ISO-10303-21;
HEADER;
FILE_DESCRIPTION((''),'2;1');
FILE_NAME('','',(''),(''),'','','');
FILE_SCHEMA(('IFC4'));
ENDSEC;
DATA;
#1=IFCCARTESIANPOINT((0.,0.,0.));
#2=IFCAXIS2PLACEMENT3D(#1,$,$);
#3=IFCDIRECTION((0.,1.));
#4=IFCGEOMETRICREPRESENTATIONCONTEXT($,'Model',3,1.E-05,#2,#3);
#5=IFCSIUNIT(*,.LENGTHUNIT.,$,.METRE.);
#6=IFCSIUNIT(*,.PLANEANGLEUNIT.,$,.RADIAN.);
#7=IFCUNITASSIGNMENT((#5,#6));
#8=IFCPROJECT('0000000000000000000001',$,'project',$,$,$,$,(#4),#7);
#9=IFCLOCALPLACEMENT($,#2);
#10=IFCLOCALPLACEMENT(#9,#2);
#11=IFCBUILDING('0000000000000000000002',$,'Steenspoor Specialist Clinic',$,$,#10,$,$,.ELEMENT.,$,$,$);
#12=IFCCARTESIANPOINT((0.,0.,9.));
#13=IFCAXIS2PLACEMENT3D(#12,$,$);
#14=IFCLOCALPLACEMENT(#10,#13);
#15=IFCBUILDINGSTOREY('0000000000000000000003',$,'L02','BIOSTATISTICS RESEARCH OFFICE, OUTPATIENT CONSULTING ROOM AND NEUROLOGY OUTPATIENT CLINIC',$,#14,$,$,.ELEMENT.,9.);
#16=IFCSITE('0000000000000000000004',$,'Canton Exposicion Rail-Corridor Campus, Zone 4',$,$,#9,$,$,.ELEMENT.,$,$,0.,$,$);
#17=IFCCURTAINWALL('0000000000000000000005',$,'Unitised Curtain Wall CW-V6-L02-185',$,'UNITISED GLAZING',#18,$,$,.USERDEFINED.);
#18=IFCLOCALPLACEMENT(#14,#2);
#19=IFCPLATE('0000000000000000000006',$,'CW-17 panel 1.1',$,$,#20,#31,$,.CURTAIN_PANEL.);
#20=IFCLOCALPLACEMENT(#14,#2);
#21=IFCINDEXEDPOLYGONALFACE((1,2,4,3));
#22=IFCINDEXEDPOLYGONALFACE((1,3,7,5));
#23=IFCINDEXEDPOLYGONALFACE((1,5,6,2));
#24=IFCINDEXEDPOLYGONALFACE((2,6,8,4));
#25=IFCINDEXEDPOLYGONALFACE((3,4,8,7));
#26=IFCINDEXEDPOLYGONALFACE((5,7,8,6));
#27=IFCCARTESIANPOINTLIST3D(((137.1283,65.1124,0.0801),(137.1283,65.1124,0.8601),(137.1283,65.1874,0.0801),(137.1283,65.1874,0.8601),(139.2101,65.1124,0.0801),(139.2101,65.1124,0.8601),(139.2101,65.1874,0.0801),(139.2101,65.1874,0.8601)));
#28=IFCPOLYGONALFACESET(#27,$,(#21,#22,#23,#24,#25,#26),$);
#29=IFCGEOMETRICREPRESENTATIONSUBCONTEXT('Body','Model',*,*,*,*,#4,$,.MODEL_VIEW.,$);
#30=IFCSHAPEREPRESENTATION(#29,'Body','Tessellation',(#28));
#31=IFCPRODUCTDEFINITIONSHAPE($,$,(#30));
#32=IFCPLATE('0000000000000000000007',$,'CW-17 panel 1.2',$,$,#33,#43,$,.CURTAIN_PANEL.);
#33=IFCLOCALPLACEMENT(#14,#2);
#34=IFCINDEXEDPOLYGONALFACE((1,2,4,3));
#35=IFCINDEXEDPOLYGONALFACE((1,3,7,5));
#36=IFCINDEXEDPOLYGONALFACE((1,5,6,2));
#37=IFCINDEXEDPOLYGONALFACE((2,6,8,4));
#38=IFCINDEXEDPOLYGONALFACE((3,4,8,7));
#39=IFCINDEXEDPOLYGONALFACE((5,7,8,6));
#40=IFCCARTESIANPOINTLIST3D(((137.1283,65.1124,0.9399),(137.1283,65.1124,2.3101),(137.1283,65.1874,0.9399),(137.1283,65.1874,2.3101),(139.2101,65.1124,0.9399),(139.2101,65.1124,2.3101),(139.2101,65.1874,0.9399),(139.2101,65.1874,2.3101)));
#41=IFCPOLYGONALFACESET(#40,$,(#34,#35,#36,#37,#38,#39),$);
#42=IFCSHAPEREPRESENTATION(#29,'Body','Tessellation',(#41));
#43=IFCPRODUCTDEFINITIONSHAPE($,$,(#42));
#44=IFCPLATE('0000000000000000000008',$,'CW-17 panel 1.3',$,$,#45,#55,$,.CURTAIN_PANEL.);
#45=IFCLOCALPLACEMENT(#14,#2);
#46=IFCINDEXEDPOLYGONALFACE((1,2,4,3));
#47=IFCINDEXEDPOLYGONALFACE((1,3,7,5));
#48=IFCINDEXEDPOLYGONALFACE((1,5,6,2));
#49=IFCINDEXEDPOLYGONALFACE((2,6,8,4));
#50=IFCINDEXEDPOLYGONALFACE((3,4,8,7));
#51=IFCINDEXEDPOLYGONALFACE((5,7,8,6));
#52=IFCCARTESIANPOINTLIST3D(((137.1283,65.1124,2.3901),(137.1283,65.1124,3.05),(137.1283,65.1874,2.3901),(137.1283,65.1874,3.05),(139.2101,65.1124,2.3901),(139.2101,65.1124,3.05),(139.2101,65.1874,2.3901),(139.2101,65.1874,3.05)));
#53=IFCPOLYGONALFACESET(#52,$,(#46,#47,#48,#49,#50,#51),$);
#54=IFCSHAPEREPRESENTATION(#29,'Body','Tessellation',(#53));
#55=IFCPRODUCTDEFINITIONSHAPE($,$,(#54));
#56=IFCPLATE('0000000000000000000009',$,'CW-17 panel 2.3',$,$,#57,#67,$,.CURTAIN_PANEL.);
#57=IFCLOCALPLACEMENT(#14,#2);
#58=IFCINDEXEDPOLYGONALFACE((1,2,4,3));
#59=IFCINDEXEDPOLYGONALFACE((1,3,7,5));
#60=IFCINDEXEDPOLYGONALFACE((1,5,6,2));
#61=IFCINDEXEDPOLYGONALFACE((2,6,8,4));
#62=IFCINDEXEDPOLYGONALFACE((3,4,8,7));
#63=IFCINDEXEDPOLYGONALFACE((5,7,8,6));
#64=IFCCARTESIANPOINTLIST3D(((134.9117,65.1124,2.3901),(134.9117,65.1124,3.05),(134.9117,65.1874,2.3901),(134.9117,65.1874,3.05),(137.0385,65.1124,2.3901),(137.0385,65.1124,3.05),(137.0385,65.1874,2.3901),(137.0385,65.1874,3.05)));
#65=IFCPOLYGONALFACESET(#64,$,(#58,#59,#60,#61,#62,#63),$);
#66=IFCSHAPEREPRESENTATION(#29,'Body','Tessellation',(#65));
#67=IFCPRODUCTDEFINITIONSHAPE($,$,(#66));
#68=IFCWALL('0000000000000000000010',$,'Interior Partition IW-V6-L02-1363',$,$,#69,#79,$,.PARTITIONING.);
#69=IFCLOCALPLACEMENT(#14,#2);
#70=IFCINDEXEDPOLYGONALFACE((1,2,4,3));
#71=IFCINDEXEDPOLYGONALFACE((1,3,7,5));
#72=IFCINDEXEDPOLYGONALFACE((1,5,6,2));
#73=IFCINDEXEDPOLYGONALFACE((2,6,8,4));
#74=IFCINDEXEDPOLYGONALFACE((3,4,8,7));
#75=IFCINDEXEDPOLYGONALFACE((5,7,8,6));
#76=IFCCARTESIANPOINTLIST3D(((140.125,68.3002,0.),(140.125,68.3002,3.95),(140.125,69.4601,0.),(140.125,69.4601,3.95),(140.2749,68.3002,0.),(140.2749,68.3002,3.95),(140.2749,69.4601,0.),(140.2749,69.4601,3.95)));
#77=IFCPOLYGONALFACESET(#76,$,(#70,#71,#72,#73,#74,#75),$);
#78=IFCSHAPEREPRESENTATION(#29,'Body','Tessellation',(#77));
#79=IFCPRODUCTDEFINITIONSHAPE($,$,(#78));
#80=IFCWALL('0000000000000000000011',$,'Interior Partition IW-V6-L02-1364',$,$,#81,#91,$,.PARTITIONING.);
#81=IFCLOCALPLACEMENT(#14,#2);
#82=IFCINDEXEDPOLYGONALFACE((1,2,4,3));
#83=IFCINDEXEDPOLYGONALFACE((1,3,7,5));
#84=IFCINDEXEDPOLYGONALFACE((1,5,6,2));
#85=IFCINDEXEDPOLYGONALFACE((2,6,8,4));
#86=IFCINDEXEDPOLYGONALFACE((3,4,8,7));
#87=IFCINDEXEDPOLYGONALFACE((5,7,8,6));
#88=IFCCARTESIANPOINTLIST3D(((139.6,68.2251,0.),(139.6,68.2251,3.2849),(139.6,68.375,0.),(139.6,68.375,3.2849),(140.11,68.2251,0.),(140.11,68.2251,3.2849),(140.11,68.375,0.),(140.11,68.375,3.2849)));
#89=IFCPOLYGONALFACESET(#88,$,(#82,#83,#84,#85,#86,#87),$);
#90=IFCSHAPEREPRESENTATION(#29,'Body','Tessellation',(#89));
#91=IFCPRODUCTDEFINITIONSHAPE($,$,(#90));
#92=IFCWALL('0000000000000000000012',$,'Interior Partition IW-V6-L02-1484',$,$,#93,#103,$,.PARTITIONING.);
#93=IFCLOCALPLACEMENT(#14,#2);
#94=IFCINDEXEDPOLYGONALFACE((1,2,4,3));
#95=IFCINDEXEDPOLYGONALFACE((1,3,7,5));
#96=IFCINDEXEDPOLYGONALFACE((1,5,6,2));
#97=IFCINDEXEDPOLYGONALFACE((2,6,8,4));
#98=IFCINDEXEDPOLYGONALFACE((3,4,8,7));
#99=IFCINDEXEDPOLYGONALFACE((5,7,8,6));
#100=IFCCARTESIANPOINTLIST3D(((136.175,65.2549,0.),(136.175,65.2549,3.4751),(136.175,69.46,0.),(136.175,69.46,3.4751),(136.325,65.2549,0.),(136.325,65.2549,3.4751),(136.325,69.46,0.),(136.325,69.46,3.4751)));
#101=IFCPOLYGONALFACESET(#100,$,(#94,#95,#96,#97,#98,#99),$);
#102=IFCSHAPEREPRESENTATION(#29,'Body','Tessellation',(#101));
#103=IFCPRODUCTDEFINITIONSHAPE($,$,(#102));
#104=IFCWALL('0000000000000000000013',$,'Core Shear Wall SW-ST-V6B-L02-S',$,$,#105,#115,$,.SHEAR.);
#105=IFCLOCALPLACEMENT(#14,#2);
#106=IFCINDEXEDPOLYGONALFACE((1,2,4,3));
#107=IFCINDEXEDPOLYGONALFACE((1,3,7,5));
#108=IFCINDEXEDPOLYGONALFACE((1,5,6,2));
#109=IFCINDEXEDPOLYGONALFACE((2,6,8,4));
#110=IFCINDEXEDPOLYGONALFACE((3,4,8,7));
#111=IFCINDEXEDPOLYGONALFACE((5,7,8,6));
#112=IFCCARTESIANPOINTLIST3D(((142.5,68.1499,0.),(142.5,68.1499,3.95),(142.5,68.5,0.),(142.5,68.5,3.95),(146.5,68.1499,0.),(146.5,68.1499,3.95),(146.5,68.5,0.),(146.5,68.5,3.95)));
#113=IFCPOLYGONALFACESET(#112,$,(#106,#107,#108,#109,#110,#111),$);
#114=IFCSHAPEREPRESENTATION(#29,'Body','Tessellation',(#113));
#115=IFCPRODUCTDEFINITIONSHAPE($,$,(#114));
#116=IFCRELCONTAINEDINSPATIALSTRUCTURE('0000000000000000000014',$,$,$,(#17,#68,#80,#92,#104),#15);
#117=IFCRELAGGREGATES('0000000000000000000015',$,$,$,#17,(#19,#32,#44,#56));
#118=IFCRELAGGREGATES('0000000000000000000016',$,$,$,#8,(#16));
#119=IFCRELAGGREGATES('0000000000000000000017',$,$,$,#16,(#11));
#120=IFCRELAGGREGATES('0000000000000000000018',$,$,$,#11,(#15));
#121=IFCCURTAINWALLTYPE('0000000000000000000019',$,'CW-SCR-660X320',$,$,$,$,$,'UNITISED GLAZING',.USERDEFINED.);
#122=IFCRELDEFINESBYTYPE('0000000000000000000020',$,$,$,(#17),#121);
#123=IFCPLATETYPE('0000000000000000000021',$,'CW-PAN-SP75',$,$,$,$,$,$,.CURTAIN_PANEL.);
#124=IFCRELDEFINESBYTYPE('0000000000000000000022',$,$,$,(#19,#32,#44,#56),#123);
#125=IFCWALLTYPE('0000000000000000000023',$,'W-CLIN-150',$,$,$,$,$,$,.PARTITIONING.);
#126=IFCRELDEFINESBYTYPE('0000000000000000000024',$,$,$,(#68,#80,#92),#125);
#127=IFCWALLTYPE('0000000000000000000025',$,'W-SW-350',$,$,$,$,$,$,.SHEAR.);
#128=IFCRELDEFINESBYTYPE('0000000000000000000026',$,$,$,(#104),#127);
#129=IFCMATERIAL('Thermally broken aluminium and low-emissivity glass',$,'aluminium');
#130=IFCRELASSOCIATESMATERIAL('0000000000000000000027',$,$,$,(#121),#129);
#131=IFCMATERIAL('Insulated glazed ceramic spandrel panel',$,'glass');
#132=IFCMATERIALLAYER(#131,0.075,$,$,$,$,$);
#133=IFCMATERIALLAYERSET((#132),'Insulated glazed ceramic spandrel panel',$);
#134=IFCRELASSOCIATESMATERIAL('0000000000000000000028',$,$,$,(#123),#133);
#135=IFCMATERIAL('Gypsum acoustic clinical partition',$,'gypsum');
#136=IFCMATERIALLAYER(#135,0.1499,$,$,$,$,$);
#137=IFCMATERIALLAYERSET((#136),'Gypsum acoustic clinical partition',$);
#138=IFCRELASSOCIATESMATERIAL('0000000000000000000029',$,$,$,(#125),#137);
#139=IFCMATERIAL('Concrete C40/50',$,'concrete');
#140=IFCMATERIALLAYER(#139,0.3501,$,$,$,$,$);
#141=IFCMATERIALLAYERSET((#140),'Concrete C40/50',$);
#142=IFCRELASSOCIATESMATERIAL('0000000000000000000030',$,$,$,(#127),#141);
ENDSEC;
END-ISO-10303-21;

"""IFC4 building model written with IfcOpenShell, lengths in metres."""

from ifc_helpers import new_model, si_unit, direction, frame, frame_2d, origin, origin_2d, place, context, subcontext, project, spatial, rectangle, extrude, material, layer, layer_set, type_object, element, aggregate, save


model = new_model("IFC4")

# Units and contexts
model_context = context("Model", 3, precision=1e-05, world=origin(), true_north=direction((0.0, 1.0)))
body_context = subcontext(model_context, "Body", "Model", "MODEL_VIEW")
ifc_project = project(units=[si_unit("LENGTHUNIT", "METRE"), si_unit("PLANEANGLEUNIT", "RADIAN")], contexts=[model_context])

# Site, building, storey
site_placement = place(None, origin())
site = spatial("IfcSite", under=ifc_project, at=site_placement, Name="Canton Exposicion Rail-Corridor Campus, Zone 4", CompositionType="ELEMENT", RefElevation=0.0)
building_placement = place(site_placement, origin())
building = spatial("IfcBuilding", under=site, at=building_placement, Name="Steenspoor Specialist Clinic", CompositionType="ELEMENT")
storey_placement = place(building_placement, frame((0.0, 0.0, 9.0)))
storey = spatial("IfcBuildingStorey", under=building, at=storey_placement, Name="L02", Description="BIOSTATISTICS RESEARCH OFFICE, OUTPATIENT CONSULTING ROOM AND NEUROLOGY OUTPATIENT CLINIC", CompositionType="ELEMENT", Elevation=9.0)

# Shared definitions
ifc_material_1 = material(Name="Concrete C40/50", Category="concrete")

# Curtain wall
ifc_material_2 = material(Name="Thermally broken aluminium and low-emissivity glass", Category="aluminium")
curtain_wall_type = type_object("IfcCurtainWallType", Name="CW-SCR-660X320", ElementType="UNITISED GLAZING", PredefinedType="USERDEFINED", material=ifc_material_2)
curtain_wall_placement = place(storey_placement, origin())
curtain_wall = element("IfcCurtainWall", 1, at=curtain_wall_placement, inside=storey, type_object=curtain_wall_type, Name="Unitised Curtain Wall CW-V6-L02-185", ObjectType="UNITISED GLAZING", PredefinedType="USERDEFINED")

# Plates
ifc_material_3 = material(Name="Insulated glazed ceramic spandrel panel", Category="glass")
ifc_layer_1 = layer(ifc_material_3, 0.075)
ifc_layer_set_1 = layer_set([ifc_layer_1], Name="Insulated glazed ceramic spandrel panel")
plate_type = type_object("IfcPlateType", Name="CW-PAN-SP75", PredefinedType="CURTAIN_PANEL", material=ifc_layer_set_1)
plate_1_placement = place(storey_placement, frame((138.1692, 65.1499, 0.0801), z_axis=(0.0, 0.0, 1.0), x_axis=(-1.0, 0.0, 0.0)))
plate_1 = element("IfcPlate", 2, at=plate_1_placement, type_object=plate_type, Name="CW-17 panel 1.1", PredefinedType="CURTAIN_PANEL", context=body_context, shape_type="SweptSolid", body=[
    extrude(rectangle(XDim=2.0818, YDim=0.075, at=origin_2d()), origin(), (0.0, 0.0, 1.0), 0.78),
])
plate_2_placement = place(storey_placement, frame((138.1692, 65.1499, 0.9399), z_axis=(0.0, 0.0, 1.0), x_axis=(-1.0, 0.0, 0.0)))
plate_2 = element("IfcPlate", 3, at=plate_2_placement, type_object=plate_type, Name="CW-17 panel 1.2", PredefinedType="CURTAIN_PANEL", context=body_context, shape_type="SweptSolid", body=[
    extrude(rectangle(XDim=2.0818, YDim=0.075, at=origin_2d()), origin(), (0.0, 0.0, 1.0), 1.3701),
])
plate_3_placement = place(storey_placement, frame((138.1692, 65.1499, 2.3901), z_axis=(0.0, 0.0, 1.0), x_axis=(-1.0, 0.0, 0.0)))
plate_3 = element("IfcPlate", 4, at=plate_3_placement, type_object=plate_type, Name="CW-17 panel 1.3", PredefinedType="CURTAIN_PANEL", context=body_context, shape_type="SweptSolid", body=[
    extrude(rectangle(XDim=2.0818, YDim=0.075, at=origin_2d()), origin(), (0.0, 0.0, 1.0), 0.6599),
])
plate_4_placement = place(storey_placement, frame((135.9751, 65.1499, 2.3901), z_axis=(0.0, 0.0, 1.0), x_axis=(-1.0, 0.0, 0.0)))
plate_4 = element("IfcPlate", 5, at=plate_4_placement, type_object=plate_type, Name="CW-17 panel 2.3", PredefinedType="CURTAIN_PANEL", context=body_context, shape_type="SweptSolid", body=[
    extrude(rectangle(XDim=2.1267, YDim=0.075, at=origin_2d()), origin(), (0.0, 0.0, 1.0), 0.6599),
])
aggregate(curtain_wall, [plate_1, plate_2, plate_3, plate_4])

# Walls
ifc_material_4 = material(Name="Gypsum acoustic clinical partition", Category="gypsum")
ifc_layer_2 = layer(ifc_material_4, 0.1499)
ifc_layer_set_2 = layer_set([ifc_layer_2], Name="Gypsum acoustic clinical partition")
wall_type_1 = type_object("IfcWallType", Name="W-CLIN-150", PredefinedType="PARTITIONING", material=ifc_layer_set_2)
wall_1_placement = place(storey_placement, frame((140.2, 68.3, 0.0), z_axis=(0.0, 0.0, 1.0), x_axis=(0.0, 1.0, 0.0)))
element("IfcWall", 6, at=wall_1_placement, inside=storey, type_object=wall_type_1, Name="Interior Partition IW-V6-L02-1363", PredefinedType="PARTITIONING", context=body_context, shape_type="SweptSolid", body=[
    extrude(rectangle(XDim=1.1599, YDim=0.1499, at=frame_2d((0.5801, 0.0))), origin(), (0.0, 0.0, 1.0), 3.95),
])
wall_2_placement = place(storey_placement, frame((139.6001, 68.3, 0.0), z_axis=(0.0, 0.0, 1.0), x_axis=(1.0, 0.0, 0.0)))
element("IfcWall", 7, at=wall_2_placement, inside=storey, type_object=wall_type_1, Name="Interior Partition IW-V6-L02-1364", PredefinedType="PARTITIONING", context=body_context, shape_type="SweptSolid", body=[
    extrude(rectangle(XDim=0.51, YDim=0.1499, at=frame_2d((0.2549, 0.0))), origin(), (0.0, 0.0, 1.0), 3.2849),
])
wall_3_placement = place(storey_placement, frame((136.25, 65.2549, 0.0), z_axis=(0.0, 0.0, 1.0), x_axis=(0.0, 1.0, 0.0)))
element("IfcWall", 8, at=wall_3_placement, inside=storey, type_object=wall_type_1, Name="Interior Partition IW-V6-L02-1484", PredefinedType="PARTITIONING", context=body_context, shape_type="SweptSolid", body=[
    extrude(rectangle(XDim=4.2051, YDim=0.1499, at=frame_2d((2.1025, 0.0))), origin(), (0.0, 0.0, 1.0), 3.4751),
])

# Wall
ifc_layer_3 = layer(ifc_material_1, 0.3501)
ifc_layer_set_3 = layer_set([ifc_layer_3], Name="Concrete C40/50")
wall_type_2 = type_object("IfcWallType", Name="W-SW-350", PredefinedType="SHEAR", material=ifc_layer_set_3)
wall_4_placement = place(storey_placement, frame((142.5, 68.325, 0.0), z_axis=(0.0, 0.0, 1.0), x_axis=(1.0, 0.0, 0.0)))
element("IfcWall", 9, at=wall_4_placement, inside=storey, type_object=wall_type_2, Name="Core Shear Wall SW-ST-V6B-L02-S", PredefinedType="SHEAR", context=body_context, shape_type="SweptSolid", body=[
    extrude(rectangle(XDim=4.0, YDim=0.3501, at=frame_2d((2.0, 0.0))), origin(), (0.0, 0.0, 1.0), 3.95),
])

save(model, "model.ifc")
